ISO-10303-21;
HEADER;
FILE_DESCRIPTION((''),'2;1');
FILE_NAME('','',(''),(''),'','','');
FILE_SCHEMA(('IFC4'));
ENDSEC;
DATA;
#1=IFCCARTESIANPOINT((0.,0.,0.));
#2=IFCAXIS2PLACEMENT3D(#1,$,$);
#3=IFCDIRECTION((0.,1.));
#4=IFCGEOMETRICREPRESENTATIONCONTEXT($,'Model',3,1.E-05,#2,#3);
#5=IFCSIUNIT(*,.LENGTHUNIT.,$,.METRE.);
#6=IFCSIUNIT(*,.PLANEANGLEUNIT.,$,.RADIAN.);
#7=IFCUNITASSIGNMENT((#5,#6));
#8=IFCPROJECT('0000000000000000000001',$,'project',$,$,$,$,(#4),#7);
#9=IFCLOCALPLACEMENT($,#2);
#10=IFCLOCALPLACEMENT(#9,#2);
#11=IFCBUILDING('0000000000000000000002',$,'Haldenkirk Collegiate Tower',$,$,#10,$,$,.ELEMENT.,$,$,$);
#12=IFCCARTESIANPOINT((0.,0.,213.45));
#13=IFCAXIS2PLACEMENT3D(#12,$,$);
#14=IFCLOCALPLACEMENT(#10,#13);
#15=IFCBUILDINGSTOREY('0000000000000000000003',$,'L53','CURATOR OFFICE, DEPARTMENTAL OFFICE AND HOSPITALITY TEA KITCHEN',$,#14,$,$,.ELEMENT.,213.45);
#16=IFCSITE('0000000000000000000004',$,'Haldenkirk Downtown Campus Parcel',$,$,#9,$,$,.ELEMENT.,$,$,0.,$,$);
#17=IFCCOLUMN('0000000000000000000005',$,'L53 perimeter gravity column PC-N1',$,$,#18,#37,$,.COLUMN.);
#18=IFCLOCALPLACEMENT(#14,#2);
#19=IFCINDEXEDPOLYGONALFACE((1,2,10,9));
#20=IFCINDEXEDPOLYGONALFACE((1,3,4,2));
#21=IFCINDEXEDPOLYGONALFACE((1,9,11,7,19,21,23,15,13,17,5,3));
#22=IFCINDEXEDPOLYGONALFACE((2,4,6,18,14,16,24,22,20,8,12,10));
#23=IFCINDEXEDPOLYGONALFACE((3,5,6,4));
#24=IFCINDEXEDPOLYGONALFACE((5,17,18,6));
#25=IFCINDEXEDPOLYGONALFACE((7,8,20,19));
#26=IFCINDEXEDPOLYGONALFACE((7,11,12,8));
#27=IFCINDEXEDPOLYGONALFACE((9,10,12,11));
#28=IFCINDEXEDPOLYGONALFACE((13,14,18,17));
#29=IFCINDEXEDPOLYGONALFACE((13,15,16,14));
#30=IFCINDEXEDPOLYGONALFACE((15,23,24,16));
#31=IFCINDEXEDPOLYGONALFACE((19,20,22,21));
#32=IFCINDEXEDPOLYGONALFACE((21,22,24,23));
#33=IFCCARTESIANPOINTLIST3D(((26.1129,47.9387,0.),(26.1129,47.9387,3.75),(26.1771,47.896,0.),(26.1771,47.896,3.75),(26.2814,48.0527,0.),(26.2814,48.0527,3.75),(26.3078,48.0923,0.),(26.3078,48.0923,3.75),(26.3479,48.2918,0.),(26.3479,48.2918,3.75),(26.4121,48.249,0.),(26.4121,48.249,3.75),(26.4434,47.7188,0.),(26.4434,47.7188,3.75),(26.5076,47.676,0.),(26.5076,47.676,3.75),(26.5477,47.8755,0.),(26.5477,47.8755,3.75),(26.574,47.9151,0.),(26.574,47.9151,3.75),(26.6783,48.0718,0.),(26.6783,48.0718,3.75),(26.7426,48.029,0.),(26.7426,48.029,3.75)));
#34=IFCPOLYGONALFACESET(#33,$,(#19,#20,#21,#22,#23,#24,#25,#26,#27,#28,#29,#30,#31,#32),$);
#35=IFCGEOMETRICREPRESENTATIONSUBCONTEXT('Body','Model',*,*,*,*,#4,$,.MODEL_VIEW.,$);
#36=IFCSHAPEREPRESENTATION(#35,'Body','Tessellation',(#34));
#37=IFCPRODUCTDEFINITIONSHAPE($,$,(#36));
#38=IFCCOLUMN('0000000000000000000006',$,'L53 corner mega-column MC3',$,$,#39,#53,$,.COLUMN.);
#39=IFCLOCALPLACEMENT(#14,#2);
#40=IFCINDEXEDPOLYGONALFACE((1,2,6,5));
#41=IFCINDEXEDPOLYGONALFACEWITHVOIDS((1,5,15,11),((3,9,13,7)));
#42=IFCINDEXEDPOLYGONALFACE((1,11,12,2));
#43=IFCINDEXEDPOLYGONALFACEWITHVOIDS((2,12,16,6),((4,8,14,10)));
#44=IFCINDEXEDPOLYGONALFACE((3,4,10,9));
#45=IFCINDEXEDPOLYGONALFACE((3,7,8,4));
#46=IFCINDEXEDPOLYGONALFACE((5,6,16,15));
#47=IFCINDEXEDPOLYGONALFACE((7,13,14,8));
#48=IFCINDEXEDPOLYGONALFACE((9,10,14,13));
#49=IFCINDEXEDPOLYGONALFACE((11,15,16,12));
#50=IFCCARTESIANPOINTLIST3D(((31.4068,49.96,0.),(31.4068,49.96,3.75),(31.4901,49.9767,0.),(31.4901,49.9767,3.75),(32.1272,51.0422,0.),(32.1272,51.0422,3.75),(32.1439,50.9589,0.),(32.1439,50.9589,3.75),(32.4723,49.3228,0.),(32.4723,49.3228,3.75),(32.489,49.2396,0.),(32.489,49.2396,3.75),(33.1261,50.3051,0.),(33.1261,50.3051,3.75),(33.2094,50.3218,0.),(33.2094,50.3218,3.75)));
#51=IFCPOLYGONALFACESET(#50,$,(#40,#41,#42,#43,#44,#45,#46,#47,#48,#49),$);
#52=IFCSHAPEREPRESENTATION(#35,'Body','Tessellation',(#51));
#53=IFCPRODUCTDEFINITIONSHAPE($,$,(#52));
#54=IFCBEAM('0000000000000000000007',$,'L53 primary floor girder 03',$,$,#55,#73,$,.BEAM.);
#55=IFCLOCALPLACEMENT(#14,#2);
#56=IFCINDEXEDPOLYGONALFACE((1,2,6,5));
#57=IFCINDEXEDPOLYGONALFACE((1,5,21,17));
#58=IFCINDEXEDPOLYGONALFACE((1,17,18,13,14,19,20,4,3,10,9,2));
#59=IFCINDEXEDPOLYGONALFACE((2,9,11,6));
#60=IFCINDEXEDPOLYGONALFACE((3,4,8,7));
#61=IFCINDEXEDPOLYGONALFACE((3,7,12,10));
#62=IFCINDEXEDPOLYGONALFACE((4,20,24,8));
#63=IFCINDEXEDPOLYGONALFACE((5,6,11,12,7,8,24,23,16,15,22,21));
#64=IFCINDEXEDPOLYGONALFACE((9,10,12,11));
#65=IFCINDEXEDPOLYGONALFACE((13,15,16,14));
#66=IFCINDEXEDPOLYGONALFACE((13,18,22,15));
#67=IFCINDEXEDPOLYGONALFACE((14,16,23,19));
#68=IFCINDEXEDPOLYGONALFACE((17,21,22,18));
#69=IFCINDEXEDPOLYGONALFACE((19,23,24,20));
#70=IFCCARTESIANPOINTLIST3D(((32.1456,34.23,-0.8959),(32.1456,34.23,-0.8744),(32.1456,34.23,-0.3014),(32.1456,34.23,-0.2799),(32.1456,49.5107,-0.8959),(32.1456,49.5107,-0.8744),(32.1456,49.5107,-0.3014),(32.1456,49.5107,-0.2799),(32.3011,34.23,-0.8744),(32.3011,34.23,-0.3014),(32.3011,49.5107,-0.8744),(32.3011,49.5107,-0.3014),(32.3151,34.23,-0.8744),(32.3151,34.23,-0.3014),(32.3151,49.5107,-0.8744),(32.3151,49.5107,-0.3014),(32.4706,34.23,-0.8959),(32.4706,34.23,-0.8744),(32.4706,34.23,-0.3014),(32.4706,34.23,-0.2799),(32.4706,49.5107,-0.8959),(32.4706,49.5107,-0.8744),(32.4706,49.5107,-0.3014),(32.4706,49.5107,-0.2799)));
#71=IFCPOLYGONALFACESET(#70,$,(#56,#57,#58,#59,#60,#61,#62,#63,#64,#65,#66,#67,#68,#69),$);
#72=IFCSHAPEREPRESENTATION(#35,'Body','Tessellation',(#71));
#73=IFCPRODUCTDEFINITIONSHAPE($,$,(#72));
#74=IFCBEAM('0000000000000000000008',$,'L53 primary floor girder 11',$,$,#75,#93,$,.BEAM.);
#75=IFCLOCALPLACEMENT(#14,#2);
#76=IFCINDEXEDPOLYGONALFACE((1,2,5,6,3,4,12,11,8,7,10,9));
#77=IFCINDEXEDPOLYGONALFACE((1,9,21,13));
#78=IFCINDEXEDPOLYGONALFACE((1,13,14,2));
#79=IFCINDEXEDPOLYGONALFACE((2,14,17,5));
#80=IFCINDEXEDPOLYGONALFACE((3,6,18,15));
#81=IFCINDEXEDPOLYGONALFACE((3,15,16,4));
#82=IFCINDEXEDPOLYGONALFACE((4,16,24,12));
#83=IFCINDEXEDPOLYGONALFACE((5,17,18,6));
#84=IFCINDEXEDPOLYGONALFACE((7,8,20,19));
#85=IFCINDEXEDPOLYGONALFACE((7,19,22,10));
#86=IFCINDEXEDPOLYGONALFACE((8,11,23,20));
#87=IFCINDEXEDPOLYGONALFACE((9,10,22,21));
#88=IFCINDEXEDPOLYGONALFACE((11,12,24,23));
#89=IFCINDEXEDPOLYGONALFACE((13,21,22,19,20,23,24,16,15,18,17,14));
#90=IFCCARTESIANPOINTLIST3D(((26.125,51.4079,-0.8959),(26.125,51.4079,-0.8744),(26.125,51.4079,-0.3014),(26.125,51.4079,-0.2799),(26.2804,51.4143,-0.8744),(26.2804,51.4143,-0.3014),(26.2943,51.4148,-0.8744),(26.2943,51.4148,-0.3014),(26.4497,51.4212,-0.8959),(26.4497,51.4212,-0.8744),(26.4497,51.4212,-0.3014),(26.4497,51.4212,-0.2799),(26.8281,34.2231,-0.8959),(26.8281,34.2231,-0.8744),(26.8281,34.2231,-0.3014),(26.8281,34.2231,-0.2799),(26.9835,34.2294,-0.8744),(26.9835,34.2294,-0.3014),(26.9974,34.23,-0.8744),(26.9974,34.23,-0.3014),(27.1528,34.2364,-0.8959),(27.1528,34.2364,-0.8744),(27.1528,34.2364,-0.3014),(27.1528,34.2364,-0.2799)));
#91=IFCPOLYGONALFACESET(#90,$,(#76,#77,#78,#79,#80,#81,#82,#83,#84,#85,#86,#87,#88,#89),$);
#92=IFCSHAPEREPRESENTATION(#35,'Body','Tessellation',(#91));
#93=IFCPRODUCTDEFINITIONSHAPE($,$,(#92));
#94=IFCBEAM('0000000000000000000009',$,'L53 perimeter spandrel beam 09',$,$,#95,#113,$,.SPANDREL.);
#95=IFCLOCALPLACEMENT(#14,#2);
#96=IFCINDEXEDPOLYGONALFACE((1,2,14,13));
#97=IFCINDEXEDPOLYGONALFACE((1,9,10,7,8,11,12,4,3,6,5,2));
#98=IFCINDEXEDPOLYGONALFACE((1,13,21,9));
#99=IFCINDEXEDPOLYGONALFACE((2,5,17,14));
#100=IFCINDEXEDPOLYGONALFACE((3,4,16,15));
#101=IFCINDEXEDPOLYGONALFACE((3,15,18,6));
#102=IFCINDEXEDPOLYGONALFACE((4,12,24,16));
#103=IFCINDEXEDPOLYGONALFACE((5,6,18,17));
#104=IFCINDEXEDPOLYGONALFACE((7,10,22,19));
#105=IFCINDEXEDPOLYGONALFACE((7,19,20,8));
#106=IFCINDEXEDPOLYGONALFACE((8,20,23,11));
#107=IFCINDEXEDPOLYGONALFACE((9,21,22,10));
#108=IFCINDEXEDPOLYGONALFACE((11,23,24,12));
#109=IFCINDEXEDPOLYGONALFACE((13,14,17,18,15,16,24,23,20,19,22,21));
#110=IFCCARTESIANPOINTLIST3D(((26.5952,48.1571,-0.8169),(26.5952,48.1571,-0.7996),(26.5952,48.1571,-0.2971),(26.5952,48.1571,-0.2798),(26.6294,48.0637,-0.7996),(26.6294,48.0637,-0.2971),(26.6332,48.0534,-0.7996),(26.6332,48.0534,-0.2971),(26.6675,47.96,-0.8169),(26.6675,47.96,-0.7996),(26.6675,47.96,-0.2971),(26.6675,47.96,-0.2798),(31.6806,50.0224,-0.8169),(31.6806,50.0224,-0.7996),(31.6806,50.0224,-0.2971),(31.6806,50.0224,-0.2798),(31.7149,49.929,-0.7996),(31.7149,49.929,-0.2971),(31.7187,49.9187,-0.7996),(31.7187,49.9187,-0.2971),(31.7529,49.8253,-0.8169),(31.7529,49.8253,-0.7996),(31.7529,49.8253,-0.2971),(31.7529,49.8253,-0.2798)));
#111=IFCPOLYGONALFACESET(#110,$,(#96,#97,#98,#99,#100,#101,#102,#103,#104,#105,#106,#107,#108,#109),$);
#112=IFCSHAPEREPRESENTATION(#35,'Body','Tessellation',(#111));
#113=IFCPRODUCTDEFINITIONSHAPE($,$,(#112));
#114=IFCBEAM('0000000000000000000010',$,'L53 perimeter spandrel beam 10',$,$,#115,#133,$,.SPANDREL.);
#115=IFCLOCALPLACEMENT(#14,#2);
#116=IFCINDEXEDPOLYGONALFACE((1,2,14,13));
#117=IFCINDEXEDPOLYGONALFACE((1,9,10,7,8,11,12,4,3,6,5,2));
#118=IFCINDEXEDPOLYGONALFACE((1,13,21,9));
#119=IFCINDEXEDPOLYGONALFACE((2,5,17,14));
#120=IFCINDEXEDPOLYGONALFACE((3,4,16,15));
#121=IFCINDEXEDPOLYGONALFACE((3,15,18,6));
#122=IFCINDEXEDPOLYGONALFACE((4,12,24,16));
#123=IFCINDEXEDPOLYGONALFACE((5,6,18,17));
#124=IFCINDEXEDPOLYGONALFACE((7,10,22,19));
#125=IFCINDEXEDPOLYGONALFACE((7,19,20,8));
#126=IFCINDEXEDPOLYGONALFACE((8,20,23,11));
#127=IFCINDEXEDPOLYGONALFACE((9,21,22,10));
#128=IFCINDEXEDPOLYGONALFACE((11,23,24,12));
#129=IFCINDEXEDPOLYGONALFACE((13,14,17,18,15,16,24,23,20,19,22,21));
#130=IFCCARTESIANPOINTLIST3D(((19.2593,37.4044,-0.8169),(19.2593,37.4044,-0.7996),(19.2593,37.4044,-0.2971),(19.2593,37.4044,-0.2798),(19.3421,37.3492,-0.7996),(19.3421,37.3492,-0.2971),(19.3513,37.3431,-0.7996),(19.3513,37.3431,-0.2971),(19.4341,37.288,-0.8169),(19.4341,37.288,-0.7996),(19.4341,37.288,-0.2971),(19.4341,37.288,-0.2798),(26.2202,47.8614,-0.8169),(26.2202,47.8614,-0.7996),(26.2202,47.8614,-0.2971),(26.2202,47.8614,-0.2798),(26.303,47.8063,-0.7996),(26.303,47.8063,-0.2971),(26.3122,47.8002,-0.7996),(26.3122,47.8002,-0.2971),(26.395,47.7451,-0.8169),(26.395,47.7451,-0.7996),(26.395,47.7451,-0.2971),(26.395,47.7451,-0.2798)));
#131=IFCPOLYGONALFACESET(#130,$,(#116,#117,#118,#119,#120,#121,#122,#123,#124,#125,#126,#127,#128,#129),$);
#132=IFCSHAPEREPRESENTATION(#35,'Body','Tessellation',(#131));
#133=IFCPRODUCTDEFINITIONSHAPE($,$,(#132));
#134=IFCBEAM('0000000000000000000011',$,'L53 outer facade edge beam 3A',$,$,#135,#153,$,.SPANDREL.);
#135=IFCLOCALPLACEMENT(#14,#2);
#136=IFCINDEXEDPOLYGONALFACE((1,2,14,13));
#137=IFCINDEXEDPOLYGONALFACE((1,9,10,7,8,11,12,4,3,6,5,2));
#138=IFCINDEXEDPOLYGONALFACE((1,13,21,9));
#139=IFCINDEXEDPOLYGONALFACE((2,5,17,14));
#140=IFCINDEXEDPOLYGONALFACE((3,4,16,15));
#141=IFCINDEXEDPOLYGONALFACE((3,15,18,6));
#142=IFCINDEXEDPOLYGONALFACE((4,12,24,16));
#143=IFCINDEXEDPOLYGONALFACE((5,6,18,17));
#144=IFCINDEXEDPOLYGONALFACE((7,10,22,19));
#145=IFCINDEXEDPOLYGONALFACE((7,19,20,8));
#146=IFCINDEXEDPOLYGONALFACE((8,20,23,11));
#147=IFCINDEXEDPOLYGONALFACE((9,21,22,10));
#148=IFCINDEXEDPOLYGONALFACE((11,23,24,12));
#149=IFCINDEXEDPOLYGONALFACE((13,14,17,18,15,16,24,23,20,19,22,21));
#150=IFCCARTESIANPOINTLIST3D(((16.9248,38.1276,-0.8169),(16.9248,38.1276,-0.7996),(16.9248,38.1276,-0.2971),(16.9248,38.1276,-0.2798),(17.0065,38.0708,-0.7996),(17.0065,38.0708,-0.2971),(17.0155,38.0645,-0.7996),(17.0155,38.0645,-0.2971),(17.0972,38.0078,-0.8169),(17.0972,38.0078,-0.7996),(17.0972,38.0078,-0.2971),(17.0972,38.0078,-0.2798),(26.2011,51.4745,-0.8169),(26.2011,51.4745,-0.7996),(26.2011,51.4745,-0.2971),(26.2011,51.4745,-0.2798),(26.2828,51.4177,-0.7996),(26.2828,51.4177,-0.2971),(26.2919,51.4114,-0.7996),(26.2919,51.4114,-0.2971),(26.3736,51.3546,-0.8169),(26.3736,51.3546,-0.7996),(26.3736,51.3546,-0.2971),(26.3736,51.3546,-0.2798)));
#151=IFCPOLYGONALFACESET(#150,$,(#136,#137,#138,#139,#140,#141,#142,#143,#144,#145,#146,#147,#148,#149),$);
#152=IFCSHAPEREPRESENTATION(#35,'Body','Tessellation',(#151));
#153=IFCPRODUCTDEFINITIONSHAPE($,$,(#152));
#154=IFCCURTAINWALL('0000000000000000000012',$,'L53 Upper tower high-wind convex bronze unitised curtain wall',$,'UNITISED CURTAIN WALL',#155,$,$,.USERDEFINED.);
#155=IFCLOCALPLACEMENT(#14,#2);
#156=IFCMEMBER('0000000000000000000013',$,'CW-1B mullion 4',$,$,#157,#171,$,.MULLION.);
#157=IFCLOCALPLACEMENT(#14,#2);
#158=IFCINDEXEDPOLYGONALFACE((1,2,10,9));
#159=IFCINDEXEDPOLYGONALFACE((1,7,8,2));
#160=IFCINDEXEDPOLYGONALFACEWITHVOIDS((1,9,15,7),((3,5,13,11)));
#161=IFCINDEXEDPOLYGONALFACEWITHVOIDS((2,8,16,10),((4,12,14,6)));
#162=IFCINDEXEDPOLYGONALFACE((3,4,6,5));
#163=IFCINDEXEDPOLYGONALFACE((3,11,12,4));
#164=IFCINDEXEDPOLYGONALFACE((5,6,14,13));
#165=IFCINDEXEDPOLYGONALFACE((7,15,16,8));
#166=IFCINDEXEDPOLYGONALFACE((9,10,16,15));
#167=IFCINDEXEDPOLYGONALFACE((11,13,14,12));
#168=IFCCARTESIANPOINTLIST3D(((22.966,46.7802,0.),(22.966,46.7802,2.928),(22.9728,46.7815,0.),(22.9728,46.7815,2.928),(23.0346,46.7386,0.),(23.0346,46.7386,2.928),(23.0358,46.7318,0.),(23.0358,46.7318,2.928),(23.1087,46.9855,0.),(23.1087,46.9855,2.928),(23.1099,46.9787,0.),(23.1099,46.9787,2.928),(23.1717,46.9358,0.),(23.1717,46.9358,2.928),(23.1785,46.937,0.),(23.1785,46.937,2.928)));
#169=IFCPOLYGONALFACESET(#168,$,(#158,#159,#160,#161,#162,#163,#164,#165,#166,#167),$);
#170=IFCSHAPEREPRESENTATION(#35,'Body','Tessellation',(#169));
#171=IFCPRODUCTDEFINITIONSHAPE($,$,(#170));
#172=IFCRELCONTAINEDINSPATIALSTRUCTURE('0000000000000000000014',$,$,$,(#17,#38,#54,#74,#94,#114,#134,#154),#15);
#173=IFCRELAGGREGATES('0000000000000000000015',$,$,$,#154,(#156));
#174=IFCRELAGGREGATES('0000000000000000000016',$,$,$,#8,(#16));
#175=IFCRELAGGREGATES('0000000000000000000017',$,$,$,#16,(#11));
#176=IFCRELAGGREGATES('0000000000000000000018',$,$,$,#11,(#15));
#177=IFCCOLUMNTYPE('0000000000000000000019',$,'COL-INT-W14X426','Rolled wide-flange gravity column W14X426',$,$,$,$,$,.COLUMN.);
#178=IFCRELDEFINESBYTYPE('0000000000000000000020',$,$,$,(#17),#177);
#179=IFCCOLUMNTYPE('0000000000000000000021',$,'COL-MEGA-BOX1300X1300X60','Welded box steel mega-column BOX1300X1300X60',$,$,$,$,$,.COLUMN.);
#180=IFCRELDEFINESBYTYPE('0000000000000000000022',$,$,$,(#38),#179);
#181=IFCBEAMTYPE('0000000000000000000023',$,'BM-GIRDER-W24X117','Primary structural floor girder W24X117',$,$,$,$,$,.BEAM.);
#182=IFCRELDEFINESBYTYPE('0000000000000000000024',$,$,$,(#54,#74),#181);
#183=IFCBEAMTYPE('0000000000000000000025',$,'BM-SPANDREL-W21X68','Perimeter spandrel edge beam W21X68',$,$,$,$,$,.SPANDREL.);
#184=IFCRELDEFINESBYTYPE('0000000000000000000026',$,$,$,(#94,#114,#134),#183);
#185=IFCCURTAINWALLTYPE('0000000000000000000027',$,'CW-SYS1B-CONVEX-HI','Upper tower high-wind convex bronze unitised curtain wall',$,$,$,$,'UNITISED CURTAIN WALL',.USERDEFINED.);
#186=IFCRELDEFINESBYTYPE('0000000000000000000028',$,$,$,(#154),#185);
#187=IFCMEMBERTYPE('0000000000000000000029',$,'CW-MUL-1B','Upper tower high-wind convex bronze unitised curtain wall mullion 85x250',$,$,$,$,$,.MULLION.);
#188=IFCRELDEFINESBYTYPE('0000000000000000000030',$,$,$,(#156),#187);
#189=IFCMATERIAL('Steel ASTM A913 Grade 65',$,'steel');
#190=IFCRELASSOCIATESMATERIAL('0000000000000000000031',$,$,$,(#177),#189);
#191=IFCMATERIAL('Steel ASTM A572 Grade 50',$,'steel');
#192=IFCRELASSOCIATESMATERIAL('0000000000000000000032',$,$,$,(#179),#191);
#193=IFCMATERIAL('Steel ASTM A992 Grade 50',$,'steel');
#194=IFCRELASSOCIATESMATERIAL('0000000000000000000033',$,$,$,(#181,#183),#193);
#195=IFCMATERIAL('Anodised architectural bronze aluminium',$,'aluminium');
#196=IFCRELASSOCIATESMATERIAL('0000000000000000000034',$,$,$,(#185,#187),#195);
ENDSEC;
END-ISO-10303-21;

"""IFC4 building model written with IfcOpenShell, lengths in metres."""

from ifc_helpers import new_model, si_unit, direction, frame, origin, origin_2d, place, context, subcontext, project, spatial, hollow_rectangle, i_section, extrude, material, material_profile, profile_set, type_object, element, aggregate, save


model = new_model("IFC4")

# Units and contexts
model_context = context("Model", 3, precision=1e-05, world=origin(), true_north=direction((0.0, 1.0)))
body_context = subcontext(model_context, "Body", "Model", "MODEL_VIEW")
ifc_project = project(units=[si_unit("LENGTHUNIT", "METRE"), si_unit("PLANEANGLEUNIT", "RADIAN")], contexts=[model_context])

# Site, building, storey
site_placement = place(None, origin())
site = spatial("IfcSite", under=ifc_project, at=site_placement, Name="Haldenkirk Downtown Campus Parcel", CompositionType="ELEMENT", RefElevation=0.0)
building_placement = place(site_placement, origin())
building = spatial("IfcBuilding", under=site, at=building_placement, Name="Haldenkirk Collegiate Tower", CompositionType="ELEMENT")
storey_placement = place(building_placement, frame((0.0, 0.0, 213.45)))
storey = spatial("IfcBuildingStorey", under=building, at=storey_placement, Name="L53", Description="CURATOR OFFICE, DEPARTMENTAL OFFICE AND HOSPITALITY TEA KITCHEN", CompositionType="ELEMENT", Elevation=213.45)

# Columns
ifc_material_1 = material(Name="Steel ASTM A913 Grade 65", Category="steel")
ifc_material_profile_1 = material_profile(ifc_material_1, i_section(OverallWidth=0.4241, OverallDepth=0.4741, WebThickness=0.0476, FlangeThickness=0.0771, at=origin_2d()), Name="W14X426")
ifc_profile_set_1 = profile_set([ifc_material_profile_1], Name="Steel ASTM A913 Grade 65")
column_type_1 = type_object("IfcColumnType", Name="COL-INT-W14X426", Description="Rolled wide-flange gravity column W14X426", PredefinedType="COLUMN", material=ifc_profile_set_1)
column_1_placement = place(storey_placement, frame((26.4277, 47.9839, 0.0), z_axis=(0.0, 0.0, 1.0), x_axis=(0.554118, 0.832438, 0.0)))
element("IfcColumn", 1, at=column_1_placement, inside=storey, type_object=column_type_1, Name="L53 perimeter gravity column PC-N1", PredefinedType="COLUMN", context=body_context, shape_type="SweptSolid", body=[
    extrude(i_section(OverallWidth=0.4241, OverallDepth=0.4741, WebThickness=0.0476, FlangeThickness=0.0771, at=origin_2d()), origin(), (0.0, 0.0, 1.0), 3.75),
])
ifc_material_2 = material(Name="Steel ASTM A572 Grade 50", Category="steel")
ifc_material_profile_2 = material_profile(ifc_material_2, hollow_rectangle(XDim=1.3, YDim=1.3, WallThickness=0.0601, at=origin_2d()), Name="BOX1300X1300X60")
ifc_profile_set_2 = profile_set([ifc_material_profile_2], Name="Steel ASTM A572 Grade 50")
column_type_2 = type_object("IfcColumnType", Name="COL-MEGA-BOX1300X1300X60", Description="Welded box steel mega-column BOX1300X1300X60", PredefinedType="COLUMN", material=ifc_profile_set_2)
column_2_placement = place(storey_placement, frame((32.3081, 50.1409, 0.0), z_axis=(0.0, 0.0, 1.0), x_axis=(0.554118, 0.832438, 0.0)))
element("IfcColumn", 2, at=column_2_placement, inside=storey, type_object=column_type_2, Name="L53 corner mega-column MC3", PredefinedType="COLUMN", context=body_context, shape_type="SweptSolid", body=[
    extrude(hollow_rectangle(XDim=1.3, YDim=1.3, WallThickness=0.0601, at=origin_2d()), origin(), (0.0, 0.0, 1.0), 3.75),
])

# Beams
ifc_material_3 = material(Name="Steel ASTM A992 Grade 50", Category="steel")
ifc_material_profile_3 = material_profile(ifc_material_3, i_section(OverallWidth=0.325, OverallDepth=0.616, WebThickness=0.0139, FlangeThickness=0.0215, at=origin_2d()), Name="W24X117")
ifc_profile_set_3 = profile_set([ifc_material_profile_3], Name="Steel ASTM A992 Grade 50")
beam_type_1 = type_object("IfcBeamType", Name="BM-GIRDER-W24X117", Description="Primary structural floor girder W24X117", PredefinedType="BEAM", material=ifc_profile_set_3)
beam_1_placement = place(storey_placement, frame((32.3081, 49.5107, -0.5879), z_axis=(0.0, -1.0, 0.0), x_axis=(1.0, 0.0, 0.0)))
element("IfcBeam", 3, at=beam_1_placement, inside=storey, type_object=beam_type_1, Name="L53 primary floor girder 03", PredefinedType="BEAM", context=body_context, shape_type="SweptSolid", body=[
    extrude(i_section(OverallWidth=0.325, OverallDepth=0.616, WebThickness=0.0139, FlangeThickness=0.0215, at=origin_2d()), origin(), (0.0, 0.0, 1.0), 15.2808),
])
beam_2_placement = place(storey_placement, frame((26.2874, 51.4146, -0.5879), z_axis=(0.040881, -0.999164, 0.0), x_axis=(0.999164, 0.040881, 0.0)))
element("IfcBeam", 4, at=beam_2_placement, inside=storey, type_object=beam_type_1, Name="L53 primary floor girder 11", PredefinedType="BEAM", context=body_context, shape_type="SweptSolid", body=[
    extrude(i_section(OverallWidth=0.325, OverallDepth=0.616, WebThickness=0.0139, FlangeThickness=0.0215, at=origin_2d()), origin(), (0.0, 0.0, 1.0), 17.1992),
])
ifc_material_profile_4 = material_profile(ifc_material_3, i_section(OverallWidth=0.21, OverallDepth=0.5371, WebThickness=0.011, FlangeThickness=0.0173, at=origin_2d()), Name="W21X68")
ifc_profile_set_4 = profile_set([ifc_material_profile_4], Name="Steel ASTM A992 Grade 50")
beam_type_2 = type_object("IfcBeamType", Name="BM-SPANDREL-W21X68", Description="Perimeter spandrel edge beam W21X68", PredefinedType="SPANDREL", material=ifc_profile_set_4)
beam_3_placement = place(storey_placement, frame((31.7168, 49.9238, -0.5483), z_axis=(-0.938842, -0.344347, 0.0), x_axis=(0.344347, -0.938842, 0.0)))
element("IfcBeam", 5, at=beam_3_placement, inside=storey, type_object=beam_type_2, Name="L53 perimeter spandrel beam 09", PredefinedType="SPANDREL", context=body_context, shape_type="SweptSolid", body=[
    extrude(i_section(OverallWidth=0.21, OverallDepth=0.5371, WebThickness=0.011, FlangeThickness=0.0173, at=origin_2d()), origin(), (0.0, 0.0, 1.0), 5.4167),
])
beam_4_placement = place(storey_placement, frame((26.3076, 47.8032, -0.5483), z_axis=(-0.554126, -0.832433, 0.0), x_axis=(0.832433, -0.554126, 0.0)))
element("IfcBeam", 6, at=beam_4_placement, inside=storey, type_object=beam_type_2, Name="L53 perimeter spandrel beam 10", PredefinedType="SPANDREL", context=body_context, shape_type="SweptSolid", body=[
    extrude(i_section(OverallWidth=0.21, OverallDepth=0.5371, WebThickness=0.011, FlangeThickness=0.0173, at=origin_2d()), origin(), (0.0, 0.0, 1.0), 12.562),
])
beam_5_placement = place(storey_placement, frame((26.2874, 51.4146, -0.5483), z_axis=(-0.570714, -0.821149, 0.0), x_axis=(0.821149, -0.570714, 0.0)))
element("IfcBeam", 7, at=beam_5_placement, inside=storey, type_object=beam_type_2, Name="L53 outer facade edge beam 3A", PredefinedType="SPANDREL", context=body_context, shape_type="SweptSolid", body=[
    extrude(i_section(OverallWidth=0.21, OverallDepth=0.5371, WebThickness=0.011, FlangeThickness=0.0173, at=origin_2d()), origin(), (0.0, 0.0, 1.0), 16.2539),
])

# Curtain wall, member
ifc_material_4 = material(Name="Anodised architectural bronze aluminium", Category="aluminium")
curtain_wall_type = type_object("IfcCurtainWallType", Name="CW-SYS1B-CONVEX-HI", Description="Upper tower high-wind convex bronze unitised curtain wall", ElementType="UNITISED CURTAIN WALL", PredefinedType="USERDEFINED", material=ifc_material_4)
curtain_wall_placement = place(storey_placement, origin())
curtain_wall = element("IfcCurtainWall", 8, at=curtain_wall_placement, inside=storey, type_object=curtain_wall_type, Name="L53 Upper tower high-wind convex bronze unitised curtain wall", ObjectType="UNITISED CURTAIN WALL", PredefinedType="USERDEFINED")
ifc_material_profile_5 = material_profile(ifc_material_4, hollow_rectangle(XDim=0.085, YDim=0.25, WallThickness=0.0049, at=origin_2d()), Name="CW-MUL-1B")
ifc_profile_set_5 = profile_set([ifc_material_profile_5], Name="Anodised architectural bronze aluminium")
member_type_1 = type_object("IfcMemberType", Name="CW-MUL-1B", Description="Upper tower high-wind convex bronze unitised curtain wall mullion 85x250", PredefinedType="MULLION", material=ifc_profile_set_5)
member_1_placement = place(storey_placement, frame((23.0723, 46.8586, 0.0), z_axis=(0.0, 0.0, 1.0), x_axis=(-0.821148, 0.570715, 0.0)))
member_1 = element("IfcMember", 9, at=member_1_placement, type_object=member_type_1, Name="CW-1B mullion 4", PredefinedType="MULLION", context=body_context, shape_type="SweptSolid", body=[
    extrude(hollow_rectangle(XDim=0.085, YDim=0.25, WallThickness=0.0049, at=origin_2d()), origin(), (0.0, 0.0, 1.0), 2.928),
])
aggregate(curtain_wall, [member_1])

save(model, "model.ifc")
